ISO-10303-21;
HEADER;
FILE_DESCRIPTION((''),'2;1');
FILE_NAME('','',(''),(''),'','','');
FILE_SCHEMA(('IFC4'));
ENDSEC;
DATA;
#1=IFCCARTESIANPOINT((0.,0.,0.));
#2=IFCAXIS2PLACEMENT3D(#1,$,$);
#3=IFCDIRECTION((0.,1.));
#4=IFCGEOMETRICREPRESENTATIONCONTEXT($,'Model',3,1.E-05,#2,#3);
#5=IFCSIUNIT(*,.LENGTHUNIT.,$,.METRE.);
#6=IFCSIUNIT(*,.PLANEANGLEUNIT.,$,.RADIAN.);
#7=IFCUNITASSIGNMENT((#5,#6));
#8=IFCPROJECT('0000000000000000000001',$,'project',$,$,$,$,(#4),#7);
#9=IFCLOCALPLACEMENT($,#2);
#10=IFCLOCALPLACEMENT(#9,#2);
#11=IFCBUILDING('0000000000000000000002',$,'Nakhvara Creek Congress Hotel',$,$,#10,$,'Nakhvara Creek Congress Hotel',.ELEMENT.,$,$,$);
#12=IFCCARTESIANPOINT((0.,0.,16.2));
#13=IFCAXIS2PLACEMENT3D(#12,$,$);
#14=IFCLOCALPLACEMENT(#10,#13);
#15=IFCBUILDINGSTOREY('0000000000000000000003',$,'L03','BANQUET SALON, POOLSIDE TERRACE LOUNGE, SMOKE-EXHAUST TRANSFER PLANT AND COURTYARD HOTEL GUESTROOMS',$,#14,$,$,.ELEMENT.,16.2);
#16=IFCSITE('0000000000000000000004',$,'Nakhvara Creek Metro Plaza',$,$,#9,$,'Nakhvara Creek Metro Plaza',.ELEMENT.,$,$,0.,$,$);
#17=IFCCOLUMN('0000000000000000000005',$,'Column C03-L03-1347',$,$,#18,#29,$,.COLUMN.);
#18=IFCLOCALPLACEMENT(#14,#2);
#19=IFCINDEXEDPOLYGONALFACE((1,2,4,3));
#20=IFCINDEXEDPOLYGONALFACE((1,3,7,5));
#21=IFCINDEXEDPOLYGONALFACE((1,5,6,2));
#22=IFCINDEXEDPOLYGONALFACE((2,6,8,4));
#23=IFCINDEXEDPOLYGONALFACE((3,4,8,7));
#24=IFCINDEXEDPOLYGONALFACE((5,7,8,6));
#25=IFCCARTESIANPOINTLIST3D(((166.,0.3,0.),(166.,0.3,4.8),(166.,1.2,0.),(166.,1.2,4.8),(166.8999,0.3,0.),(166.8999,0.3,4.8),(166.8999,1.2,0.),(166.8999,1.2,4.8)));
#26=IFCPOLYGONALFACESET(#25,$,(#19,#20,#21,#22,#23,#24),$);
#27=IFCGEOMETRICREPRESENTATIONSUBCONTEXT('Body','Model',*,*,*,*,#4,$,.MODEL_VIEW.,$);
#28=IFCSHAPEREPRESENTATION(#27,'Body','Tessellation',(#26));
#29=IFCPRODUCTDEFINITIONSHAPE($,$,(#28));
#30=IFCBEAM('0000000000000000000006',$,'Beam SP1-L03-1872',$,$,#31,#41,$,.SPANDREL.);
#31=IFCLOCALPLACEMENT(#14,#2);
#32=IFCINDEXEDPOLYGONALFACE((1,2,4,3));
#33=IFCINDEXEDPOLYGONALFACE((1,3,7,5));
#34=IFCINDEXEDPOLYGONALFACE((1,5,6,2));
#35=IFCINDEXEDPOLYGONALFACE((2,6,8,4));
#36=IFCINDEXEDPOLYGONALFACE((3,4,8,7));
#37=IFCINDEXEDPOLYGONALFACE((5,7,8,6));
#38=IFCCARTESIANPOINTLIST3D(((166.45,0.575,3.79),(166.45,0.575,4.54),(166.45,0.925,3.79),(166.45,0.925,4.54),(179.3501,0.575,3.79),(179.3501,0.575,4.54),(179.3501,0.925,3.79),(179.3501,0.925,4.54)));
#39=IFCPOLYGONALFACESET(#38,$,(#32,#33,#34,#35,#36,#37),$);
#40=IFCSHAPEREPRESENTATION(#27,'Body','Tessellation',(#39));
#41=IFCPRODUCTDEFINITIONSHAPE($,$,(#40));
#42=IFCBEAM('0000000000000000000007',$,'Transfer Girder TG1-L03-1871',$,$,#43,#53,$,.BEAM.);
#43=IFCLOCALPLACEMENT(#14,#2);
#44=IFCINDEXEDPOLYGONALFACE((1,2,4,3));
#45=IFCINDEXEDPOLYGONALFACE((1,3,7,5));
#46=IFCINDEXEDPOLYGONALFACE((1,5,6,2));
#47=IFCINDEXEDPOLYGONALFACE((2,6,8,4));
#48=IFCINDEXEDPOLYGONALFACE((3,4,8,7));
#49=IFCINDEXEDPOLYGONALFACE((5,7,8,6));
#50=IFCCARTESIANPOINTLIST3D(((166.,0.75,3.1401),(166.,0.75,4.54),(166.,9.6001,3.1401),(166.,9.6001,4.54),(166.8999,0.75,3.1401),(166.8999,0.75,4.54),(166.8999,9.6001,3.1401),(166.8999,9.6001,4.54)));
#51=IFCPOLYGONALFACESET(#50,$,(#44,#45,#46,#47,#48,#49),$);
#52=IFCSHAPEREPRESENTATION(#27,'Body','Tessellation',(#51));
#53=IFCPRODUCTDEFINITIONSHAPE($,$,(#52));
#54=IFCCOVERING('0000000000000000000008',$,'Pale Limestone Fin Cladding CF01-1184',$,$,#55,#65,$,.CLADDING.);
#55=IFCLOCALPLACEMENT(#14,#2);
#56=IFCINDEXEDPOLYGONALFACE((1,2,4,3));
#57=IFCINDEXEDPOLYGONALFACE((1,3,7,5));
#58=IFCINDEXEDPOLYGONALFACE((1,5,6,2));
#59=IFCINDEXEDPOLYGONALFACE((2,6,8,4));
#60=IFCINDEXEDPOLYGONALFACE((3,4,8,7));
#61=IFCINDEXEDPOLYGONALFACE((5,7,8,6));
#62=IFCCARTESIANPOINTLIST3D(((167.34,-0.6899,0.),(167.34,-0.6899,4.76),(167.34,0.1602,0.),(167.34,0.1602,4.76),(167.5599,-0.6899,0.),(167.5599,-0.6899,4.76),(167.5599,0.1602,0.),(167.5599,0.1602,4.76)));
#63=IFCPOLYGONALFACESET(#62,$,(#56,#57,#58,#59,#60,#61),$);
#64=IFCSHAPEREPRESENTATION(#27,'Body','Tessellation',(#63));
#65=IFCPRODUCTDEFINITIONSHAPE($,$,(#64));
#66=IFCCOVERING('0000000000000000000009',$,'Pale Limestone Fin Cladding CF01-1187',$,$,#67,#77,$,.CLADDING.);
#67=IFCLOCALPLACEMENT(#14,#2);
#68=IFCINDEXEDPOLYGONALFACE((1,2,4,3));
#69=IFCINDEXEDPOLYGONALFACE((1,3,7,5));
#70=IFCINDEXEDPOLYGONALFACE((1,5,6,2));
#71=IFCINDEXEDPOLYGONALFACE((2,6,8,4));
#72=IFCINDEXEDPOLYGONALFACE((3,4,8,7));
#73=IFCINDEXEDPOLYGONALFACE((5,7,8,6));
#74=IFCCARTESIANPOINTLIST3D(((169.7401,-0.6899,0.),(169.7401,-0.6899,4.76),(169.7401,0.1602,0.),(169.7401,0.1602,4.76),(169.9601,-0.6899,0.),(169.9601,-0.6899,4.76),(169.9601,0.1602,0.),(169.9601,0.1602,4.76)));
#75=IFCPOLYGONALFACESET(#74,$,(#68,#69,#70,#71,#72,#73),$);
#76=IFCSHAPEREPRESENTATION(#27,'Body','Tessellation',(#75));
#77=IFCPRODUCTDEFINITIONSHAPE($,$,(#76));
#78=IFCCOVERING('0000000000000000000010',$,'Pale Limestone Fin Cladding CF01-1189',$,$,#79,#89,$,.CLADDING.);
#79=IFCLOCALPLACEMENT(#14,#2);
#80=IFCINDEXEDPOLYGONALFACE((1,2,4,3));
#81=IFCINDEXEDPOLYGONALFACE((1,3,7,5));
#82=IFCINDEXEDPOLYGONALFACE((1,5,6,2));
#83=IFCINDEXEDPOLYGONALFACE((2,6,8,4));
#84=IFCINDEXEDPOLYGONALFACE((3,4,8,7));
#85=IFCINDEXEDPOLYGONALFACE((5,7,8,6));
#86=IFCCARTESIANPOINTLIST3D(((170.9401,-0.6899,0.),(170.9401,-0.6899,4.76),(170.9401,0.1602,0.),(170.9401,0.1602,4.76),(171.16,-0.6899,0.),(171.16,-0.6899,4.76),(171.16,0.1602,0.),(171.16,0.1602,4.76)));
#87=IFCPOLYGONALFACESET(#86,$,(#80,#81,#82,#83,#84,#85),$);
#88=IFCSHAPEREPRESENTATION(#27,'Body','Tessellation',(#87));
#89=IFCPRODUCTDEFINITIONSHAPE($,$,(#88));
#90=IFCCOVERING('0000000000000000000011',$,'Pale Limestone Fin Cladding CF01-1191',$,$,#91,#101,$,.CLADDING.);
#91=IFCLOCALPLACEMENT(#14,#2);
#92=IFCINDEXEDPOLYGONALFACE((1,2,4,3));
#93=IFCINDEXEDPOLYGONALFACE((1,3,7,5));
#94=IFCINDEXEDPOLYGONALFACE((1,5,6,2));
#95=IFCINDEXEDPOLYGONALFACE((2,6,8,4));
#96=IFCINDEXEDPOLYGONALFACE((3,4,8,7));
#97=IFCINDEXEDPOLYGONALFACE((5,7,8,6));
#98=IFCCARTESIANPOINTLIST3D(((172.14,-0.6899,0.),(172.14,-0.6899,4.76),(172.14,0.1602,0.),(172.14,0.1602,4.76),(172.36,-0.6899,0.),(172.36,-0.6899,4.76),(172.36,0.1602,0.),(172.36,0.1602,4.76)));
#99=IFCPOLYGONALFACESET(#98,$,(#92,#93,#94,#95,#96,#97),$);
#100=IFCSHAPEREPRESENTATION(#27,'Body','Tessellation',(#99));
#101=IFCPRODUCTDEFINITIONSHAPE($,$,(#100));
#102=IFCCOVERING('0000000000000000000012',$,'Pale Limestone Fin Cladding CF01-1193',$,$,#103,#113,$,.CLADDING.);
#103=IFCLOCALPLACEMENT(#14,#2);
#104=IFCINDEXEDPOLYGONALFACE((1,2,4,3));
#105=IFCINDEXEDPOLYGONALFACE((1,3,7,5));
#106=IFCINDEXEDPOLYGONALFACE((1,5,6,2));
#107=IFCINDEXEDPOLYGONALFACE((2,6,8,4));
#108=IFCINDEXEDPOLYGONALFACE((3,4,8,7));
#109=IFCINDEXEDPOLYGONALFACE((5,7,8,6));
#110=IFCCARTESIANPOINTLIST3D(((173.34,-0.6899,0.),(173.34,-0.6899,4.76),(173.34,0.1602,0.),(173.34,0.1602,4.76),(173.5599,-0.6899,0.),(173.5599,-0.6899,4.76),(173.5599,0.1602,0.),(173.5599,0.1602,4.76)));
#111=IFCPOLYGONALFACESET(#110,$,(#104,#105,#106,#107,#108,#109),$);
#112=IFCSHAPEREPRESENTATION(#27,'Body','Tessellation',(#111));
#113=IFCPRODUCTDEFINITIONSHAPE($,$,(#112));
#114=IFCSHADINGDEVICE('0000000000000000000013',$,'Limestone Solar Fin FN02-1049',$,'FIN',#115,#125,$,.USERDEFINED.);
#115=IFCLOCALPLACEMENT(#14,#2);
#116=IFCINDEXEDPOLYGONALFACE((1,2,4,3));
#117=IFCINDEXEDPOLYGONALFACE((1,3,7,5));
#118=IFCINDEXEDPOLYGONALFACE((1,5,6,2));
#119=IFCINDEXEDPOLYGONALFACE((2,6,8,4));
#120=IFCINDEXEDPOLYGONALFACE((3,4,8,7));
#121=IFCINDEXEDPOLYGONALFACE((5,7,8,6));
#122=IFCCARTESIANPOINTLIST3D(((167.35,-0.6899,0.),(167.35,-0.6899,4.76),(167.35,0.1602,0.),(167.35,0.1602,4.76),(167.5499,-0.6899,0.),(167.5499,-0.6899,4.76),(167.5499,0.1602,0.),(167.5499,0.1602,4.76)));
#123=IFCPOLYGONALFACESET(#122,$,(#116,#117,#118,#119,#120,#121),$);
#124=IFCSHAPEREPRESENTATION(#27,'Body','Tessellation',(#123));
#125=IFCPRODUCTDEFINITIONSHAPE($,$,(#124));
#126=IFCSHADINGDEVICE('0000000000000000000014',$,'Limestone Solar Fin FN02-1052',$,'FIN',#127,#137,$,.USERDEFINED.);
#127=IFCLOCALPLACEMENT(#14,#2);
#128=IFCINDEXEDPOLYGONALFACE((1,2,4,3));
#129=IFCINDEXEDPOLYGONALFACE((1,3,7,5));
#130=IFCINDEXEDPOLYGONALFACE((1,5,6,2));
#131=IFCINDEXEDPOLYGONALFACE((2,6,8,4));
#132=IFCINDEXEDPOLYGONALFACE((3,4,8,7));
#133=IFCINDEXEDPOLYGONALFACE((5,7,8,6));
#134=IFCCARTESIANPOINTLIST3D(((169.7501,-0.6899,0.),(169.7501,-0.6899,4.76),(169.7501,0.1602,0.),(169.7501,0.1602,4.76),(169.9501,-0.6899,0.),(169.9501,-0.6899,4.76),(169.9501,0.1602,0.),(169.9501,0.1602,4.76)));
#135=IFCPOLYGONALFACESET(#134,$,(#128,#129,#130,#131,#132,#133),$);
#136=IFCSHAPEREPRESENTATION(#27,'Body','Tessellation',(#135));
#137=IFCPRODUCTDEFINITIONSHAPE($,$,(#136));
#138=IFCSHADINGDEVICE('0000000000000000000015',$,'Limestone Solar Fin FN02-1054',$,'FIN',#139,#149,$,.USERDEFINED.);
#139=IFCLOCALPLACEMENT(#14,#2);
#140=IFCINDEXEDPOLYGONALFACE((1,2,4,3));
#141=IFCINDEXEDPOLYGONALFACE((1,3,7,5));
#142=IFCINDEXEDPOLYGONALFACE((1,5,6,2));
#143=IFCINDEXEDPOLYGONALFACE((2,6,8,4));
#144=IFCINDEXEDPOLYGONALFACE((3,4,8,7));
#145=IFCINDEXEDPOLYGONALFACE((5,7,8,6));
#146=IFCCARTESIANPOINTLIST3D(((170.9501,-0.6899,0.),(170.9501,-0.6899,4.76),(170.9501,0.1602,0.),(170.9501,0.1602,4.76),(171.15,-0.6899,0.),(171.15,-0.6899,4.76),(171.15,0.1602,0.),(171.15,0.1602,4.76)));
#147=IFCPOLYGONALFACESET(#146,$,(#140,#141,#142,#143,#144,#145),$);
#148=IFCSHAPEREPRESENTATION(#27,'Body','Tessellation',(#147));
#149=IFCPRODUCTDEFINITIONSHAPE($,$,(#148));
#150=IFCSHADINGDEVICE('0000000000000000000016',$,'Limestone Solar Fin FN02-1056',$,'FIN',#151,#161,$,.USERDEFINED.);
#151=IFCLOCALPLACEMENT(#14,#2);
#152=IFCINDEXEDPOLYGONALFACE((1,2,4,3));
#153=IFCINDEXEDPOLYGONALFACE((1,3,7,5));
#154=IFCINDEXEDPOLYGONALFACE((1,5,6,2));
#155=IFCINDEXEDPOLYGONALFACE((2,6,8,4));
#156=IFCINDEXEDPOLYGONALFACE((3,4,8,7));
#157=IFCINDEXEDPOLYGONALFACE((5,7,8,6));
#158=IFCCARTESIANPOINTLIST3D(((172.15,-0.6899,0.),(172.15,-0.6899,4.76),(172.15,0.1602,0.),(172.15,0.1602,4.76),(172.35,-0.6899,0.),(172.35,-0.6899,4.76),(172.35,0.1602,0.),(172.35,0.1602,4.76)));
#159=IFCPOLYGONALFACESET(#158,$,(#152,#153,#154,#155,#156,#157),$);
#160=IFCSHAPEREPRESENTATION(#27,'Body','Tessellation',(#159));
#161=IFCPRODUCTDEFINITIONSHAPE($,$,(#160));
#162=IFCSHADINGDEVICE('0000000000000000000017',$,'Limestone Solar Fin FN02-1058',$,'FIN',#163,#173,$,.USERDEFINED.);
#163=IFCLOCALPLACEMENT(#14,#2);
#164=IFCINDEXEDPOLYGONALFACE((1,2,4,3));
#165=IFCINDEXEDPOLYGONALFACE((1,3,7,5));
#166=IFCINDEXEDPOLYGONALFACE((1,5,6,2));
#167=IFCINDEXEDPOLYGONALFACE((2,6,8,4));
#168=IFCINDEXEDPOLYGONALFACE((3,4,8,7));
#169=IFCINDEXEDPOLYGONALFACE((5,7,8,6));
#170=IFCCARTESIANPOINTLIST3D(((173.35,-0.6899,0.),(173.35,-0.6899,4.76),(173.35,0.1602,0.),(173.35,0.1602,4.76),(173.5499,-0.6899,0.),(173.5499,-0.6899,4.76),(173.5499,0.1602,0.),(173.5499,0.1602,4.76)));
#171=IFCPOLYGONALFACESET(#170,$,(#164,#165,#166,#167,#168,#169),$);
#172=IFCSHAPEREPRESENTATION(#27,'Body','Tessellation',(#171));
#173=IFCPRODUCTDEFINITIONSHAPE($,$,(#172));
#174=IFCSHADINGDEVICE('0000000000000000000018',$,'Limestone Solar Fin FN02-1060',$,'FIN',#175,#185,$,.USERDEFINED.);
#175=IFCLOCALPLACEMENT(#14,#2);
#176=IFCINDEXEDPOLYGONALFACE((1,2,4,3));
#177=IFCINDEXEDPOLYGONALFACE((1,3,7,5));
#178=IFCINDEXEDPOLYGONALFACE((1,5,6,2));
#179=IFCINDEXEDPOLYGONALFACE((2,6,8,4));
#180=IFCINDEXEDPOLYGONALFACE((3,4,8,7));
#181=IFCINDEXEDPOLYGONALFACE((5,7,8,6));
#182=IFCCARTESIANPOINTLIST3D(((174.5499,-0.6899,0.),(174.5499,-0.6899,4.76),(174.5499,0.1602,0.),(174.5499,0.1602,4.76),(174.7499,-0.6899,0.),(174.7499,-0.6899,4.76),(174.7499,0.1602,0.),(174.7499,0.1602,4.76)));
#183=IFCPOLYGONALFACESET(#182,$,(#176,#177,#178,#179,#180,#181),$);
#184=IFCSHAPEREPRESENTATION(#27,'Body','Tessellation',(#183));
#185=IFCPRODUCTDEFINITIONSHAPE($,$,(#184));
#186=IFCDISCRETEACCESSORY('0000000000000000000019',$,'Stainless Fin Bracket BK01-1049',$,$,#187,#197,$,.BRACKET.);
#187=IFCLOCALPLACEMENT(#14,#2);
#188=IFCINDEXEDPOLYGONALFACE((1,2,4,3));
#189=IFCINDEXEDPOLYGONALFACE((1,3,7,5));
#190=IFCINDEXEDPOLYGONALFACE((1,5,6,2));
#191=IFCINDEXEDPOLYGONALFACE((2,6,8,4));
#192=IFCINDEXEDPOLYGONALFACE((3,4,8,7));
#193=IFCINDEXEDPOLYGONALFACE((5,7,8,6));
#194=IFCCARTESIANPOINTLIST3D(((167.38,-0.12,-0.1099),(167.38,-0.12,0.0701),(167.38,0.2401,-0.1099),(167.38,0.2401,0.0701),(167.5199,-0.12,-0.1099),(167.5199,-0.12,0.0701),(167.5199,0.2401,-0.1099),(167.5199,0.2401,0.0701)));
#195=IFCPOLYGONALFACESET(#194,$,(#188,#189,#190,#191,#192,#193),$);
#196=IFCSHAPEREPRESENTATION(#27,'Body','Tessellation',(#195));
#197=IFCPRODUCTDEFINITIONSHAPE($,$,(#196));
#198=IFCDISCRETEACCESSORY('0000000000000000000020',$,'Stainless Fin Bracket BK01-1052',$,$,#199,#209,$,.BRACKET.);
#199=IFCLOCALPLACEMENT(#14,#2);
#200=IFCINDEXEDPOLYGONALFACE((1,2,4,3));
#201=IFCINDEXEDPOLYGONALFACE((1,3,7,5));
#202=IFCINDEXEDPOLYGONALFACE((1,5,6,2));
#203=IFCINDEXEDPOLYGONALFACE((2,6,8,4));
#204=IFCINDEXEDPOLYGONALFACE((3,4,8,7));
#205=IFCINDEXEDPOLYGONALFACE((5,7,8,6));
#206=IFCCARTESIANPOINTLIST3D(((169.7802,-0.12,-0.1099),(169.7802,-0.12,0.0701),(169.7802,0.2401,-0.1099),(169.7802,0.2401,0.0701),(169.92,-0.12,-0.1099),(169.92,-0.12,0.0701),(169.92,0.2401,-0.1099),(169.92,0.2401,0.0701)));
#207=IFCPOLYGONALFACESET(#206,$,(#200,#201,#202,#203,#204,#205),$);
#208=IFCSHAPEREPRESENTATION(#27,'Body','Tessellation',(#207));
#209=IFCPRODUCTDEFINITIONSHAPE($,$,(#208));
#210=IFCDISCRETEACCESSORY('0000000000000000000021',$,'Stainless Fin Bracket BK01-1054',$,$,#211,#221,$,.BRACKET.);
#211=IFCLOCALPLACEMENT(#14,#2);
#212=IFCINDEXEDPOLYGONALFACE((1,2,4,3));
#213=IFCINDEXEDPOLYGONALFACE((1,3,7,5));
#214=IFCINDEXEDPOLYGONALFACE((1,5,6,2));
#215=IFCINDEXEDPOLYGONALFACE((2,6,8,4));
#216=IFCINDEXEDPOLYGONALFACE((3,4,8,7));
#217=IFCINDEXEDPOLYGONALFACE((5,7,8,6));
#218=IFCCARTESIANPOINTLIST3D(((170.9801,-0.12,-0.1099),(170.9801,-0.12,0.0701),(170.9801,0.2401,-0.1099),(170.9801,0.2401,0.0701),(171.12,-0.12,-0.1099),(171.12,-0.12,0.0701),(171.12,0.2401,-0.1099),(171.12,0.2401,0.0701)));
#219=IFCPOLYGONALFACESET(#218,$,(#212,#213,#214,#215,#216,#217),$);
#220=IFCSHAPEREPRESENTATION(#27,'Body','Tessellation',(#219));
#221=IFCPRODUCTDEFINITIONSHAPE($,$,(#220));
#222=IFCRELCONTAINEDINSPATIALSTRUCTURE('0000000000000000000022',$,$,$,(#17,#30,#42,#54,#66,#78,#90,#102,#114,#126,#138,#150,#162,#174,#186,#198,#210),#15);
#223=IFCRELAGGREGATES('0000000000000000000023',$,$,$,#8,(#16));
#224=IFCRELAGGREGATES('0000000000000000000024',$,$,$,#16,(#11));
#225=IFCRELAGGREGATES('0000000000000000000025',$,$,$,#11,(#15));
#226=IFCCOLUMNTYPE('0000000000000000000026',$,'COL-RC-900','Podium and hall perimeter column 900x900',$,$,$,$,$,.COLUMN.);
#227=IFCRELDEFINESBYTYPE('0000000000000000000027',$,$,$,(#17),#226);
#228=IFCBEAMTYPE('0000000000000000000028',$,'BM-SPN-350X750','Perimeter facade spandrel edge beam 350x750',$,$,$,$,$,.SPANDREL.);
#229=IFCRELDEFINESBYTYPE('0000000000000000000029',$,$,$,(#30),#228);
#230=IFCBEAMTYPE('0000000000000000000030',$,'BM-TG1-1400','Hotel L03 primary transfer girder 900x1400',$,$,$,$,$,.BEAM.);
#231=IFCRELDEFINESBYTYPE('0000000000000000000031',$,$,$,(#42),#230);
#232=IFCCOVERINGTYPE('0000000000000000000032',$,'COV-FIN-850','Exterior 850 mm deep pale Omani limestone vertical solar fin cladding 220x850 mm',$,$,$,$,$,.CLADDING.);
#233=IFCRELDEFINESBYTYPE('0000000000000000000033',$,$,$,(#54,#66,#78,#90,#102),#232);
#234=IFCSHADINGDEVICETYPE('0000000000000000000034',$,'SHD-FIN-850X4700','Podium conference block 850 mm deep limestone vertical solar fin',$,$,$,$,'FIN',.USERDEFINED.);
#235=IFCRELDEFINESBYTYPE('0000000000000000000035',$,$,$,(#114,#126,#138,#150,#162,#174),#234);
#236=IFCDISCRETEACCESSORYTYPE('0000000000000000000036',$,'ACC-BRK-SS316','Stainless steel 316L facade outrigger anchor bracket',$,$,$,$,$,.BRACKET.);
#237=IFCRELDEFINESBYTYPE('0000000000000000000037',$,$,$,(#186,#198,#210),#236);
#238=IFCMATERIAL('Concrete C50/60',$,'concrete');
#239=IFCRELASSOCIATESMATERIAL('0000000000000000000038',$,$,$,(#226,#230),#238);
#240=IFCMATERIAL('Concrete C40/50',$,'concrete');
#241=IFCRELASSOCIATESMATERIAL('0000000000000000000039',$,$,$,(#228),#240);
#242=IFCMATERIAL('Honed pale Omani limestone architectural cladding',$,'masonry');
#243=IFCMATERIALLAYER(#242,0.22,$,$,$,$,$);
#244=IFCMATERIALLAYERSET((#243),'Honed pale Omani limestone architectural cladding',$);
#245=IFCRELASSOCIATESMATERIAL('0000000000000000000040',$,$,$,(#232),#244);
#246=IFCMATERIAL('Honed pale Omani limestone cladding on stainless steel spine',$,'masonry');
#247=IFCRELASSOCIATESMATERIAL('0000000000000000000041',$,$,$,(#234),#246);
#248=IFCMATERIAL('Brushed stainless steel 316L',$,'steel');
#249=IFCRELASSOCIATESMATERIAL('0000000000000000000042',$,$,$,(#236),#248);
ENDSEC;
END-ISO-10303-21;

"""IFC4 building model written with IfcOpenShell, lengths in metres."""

from ifc_helpers import new_model, si_unit, direction, frame, origin, origin_2d, place, context, subcontext, project, spatial, rectangle, extrude, material, layer, layer_set, material_profile, profile_set, type_object, element, save


model = new_model("IFC4")

# Units and contexts
model_context = context("Model", 3, precision=1e-05, world=origin(), true_north=direction((0.0, 1.0)))
body_context = subcontext(model_context, "Body", "Model", "MODEL_VIEW")
ifc_project = project(units=[si_unit("LENGTHUNIT", "METRE"), si_unit("PLANEANGLEUNIT", "RADIAN")], contexts=[model_context])

# Site, building, storey
site_placement = place(None, origin())
site = spatial("IfcSite", under=ifc_project, at=site_placement, Name="Nakhvara Creek Metro Plaza", LongName="Nakhvara Creek Metro Plaza", CompositionType="ELEMENT", RefElevation=0.0)
building_placement = place(site_placement, origin())
building = spatial("IfcBuilding", under=site, at=building_placement, Name="Nakhvara Creek Congress Hotel", LongName="Nakhvara Creek Congress Hotel", CompositionType="ELEMENT")
storey_placement = place(building_placement, frame((0.0, 0.0, 16.2)))
storey = spatial("IfcBuildingStorey", under=building, at=storey_placement, Name="L03", Description="BANQUET SALON, POOLSIDE TERRACE LOUNGE, SMOKE-EXHAUST TRANSFER PLANT AND COURTYARD HOTEL GUESTROOMS", CompositionType="ELEMENT", Elevation=16.2)

# Column
ifc_material_1 = material(Name="Concrete C50/60", Category="concrete")
ifc_material_profile_1 = material_profile(ifc_material_1, rectangle(XDim=0.8999, YDim=0.8999, at=origin_2d()), Name="RC-COL 900x900", Category="LoadBearing")
ifc_profile_set_1 = profile_set([ifc_material_profile_1], Name="Concrete C50/60")
column_type = type_object("IfcColumnType", Name="COL-RC-900", Description="Podium and hall perimeter column 900x900", PredefinedType="COLUMN", material=ifc_profile_set_1)
column_placement = place(storey_placement, frame((166.45, 0.75, 0.0), z_axis=(0.0, 0.0, 1.0), x_axis=(1.0, 0.0, 0.0)))
element("IfcColumn", 1, at=column_placement, inside=storey, type_object=column_type, Name="Column C03-L03-1347", PredefinedType="COLUMN", context=body_context, shape_type="SweptSolid", body=[
    extrude(rectangle(XDim=0.8999, YDim=0.8999, at=origin_2d()), origin(), (0.0, 0.0, 1.0), 4.8),
])

# Beams
ifc_material_2 = material(Name="Concrete C40/50", Category="concrete")
ifc_material_profile_2 = material_profile(ifc_material_2, rectangle(XDim=0.3501, YDim=0.75, at=origin_2d()), Name="RC-SPANDREL 350x750", Category="LoadBearing")
ifc_profile_set_2 = profile_set([ifc_material_profile_2], Name="Concrete C40/50")
beam_type_1 = type_object("IfcBeamType", Name="BM-SPN-350X750", Description="Perimeter facade spandrel edge beam 350x750", PredefinedType="SPANDREL", material=ifc_profile_set_2)
beam_1_placement = place(storey_placement, frame((166.45, 0.75, 4.165), z_axis=(1.0, 0.0, 0.0), x_axis=(0.0, 1.0, 0.0)))
element("IfcBeam", 2, at=beam_1_placement, inside=storey, type_object=beam_type_1, Name="Beam SP1-L03-1872", PredefinedType="SPANDREL", context=body_context, shape_type="SweptSolid", body=[
    extrude(rectangle(XDim=0.3501, YDim=0.75, at=origin_2d()), origin(), (0.0, 0.0, 1.0), 12.9001),
])
ifc_material_profile_3 = material_profile(ifc_material_1, rectangle(XDim=0.8999, YDim=1.3999, at=origin_2d()), Name="RC-TG 900x1400", Category="LoadBearing")
ifc_profile_set_3 = profile_set([ifc_material_profile_3], Name="Concrete C50/60")
beam_type_2 = type_object("IfcBeamType", Name="BM-TG1-1400", Description="Hotel L03 primary transfer girder 900x1400", PredefinedType="BEAM", material=ifc_profile_set_3)
beam_2_placement = place(storey_placement, frame((166.45, 0.75, 3.8401), z_axis=(0.0, 1.0, 0.0), x_axis=(-1.0, 0.0, 0.0)))
element("IfcBeam", 3, at=beam_2_placement, inside=storey, type_object=beam_type_2, Name="Transfer Girder TG1-L03-1871", PredefinedType="BEAM", context=body_context, shape_type="SweptSolid", body=[
    extrude(rectangle(XDim=0.8999, YDim=1.3999, at=origin_2d()), origin(), (0.0, 0.0, 1.0), 8.8501),
])

# Coverings
ifc_material_3 = material(Name="Honed pale Omani limestone architectural cladding", Category="masonry")
ifc_layer_1 = layer(ifc_material_3, 0.22)
ifc_layer_set_1 = layer_set([ifc_layer_1], Name="Honed pale Omani limestone architectural cladding")
covering_type = type_object("IfcCoveringType", Name="COV-FIN-850", Description="Exterior 850 mm deep pale Omani limestone vertical solar fin cladding 220x850 mm", PredefinedType="CLADDING", material=ifc_layer_set_1)
for number, where, z_axis, x_axis, name in (
    (4, (167.45, -0.2649, 0.0), (0.0, 0.0, 1.0), (1.0, 0.0, 0.0), "Pale Limestone Fin Cladding CF01-1184"),
    (5, (169.8501, -0.2649, 0.0), (0.0, 0.0, 1.0), (1.0, 0.0, 0.0), "Pale Limestone Fin Cladding CF01-1187"),
    (6, (171.05, -0.2649, 0.0), (0.0, 0.0, 1.0), (1.0, 0.0, 0.0), "Pale Limestone Fin Cladding CF01-1189"),
    (7, (172.25, -0.2649, 0.0), (0.0, 0.0, 1.0), (1.0, 0.0, 0.0), "Pale Limestone Fin Cladding CF01-1191"),
    (8, (173.45, -0.2649, 0.0), (0.0, 0.0, 1.0), (1.0, 0.0, 0.0), "Pale Limestone Fin Cladding CF01-1193"),
):
    element("IfcCovering", number, at=place(storey_placement, frame(where, z_axis=z_axis, x_axis=x_axis)), inside=storey, type_object=covering_type, Name=name, PredefinedType="CLADDING", context=body_context, shape_type="SweptSolid", body=[
        extrude(rectangle(XDim=0.22, YDim=0.8501, at=origin_2d()), origin(), (0.0, 0.0, 1.0), 4.76),
    ])

# Shading devices
ifc_material_4 = material(Name="Honed pale Omani limestone cladding on stainless steel spine", Category="masonry")
shading_device_type = type_object("IfcShadingDeviceType", Name="SHD-FIN-850X4700", Description="Podium conference block 850 mm deep limestone vertical solar fin", ElementType="FIN", PredefinedType="USERDEFINED", material=ifc_material_4)
for number, where, z_axis, x_axis, name in (
    (9, (167.45, -0.2649, 0.0), (0.0, 0.0, 1.0), (1.0, 0.0, 0.0), "Limestone Solar Fin FN02-1049"),
    (10, (169.8501, -0.2649, 0.0), (0.0, 0.0, 1.0), (1.0, 0.0, 0.0), "Limestone Solar Fin FN02-1052"),
    (11, (171.05, -0.2649, 0.0), (0.0, 0.0, 1.0), (1.0, 0.0, 0.0), "Limestone Solar Fin FN02-1054"),
    (12, (172.25, -0.2649, 0.0), (0.0, 0.0, 1.0), (1.0, 0.0, 0.0), "Limestone Solar Fin FN02-1056"),
    (13, (173.45, -0.2649, 0.0), (0.0, 0.0, 1.0), (1.0, 0.0, 0.0), "Limestone Solar Fin FN02-1058"),
    (14, (174.6499, -0.2649, 0.0), (0.0, 0.0, 1.0), (1.0, 0.0, 0.0), "Limestone Solar Fin FN02-1060"),
):
    element("IfcShadingDevice", number, at=place(storey_placement, frame(where, z_axis=z_axis, x_axis=x_axis)), inside=storey, type_object=shading_device_type, Name=name, ObjectType="FIN", PredefinedType="USERDEFINED", context=body_context, shape_type="SweptSolid", body=[
        extrude(rectangle(XDim=0.2, YDim=0.8501, at=origin_2d()), origin(), (0.0, 0.0, 1.0), 4.76),
    ])

# Discrete accessories
ifc_material_5 = material(Name="Brushed stainless steel 316L", Category="steel")
discrete_accessory_type = type_object("IfcDiscreteAccessoryType", Name="ACC-BRK-SS316", Description="Stainless steel 316L facade outrigger anchor bracket", PredefinedType="BRACKET", material=ifc_material_5)
for number, where, z_axis, x_axis, name in (
    (15, (167.45, 0.0601, -0.1099), (0.0, 0.0, 1.0), (1.0, 0.0, 0.0), "Stainless Fin Bracket BK01-1049"),
    (16, (169.8501, 0.0601, -0.1099), (0.0, 0.0, 1.0), (1.0, 0.0, 0.0), "Stainless Fin Bracket BK01-1052"),
    (17, (171.05, 0.0601, -0.1099), (0.0, 0.0, 1.0), (1.0, 0.0, 0.0), "Stainless Fin Bracket BK01-1054"),
):
    element("IfcDiscreteAccessory", number, at=place(storey_placement, frame(where, z_axis=z_axis, x_axis=x_axis)), inside=storey, type_object=discrete_accessory_type, Name=name, PredefinedType="BRACKET", context=body_context, shape_type="SweptSolid", body=[
        extrude(rectangle(XDim=0.1399, YDim=0.3601, at=origin_2d()), origin(), (0.0, 0.0, 1.0), 0.1799),
    ])

save(model, "model.ifc")
